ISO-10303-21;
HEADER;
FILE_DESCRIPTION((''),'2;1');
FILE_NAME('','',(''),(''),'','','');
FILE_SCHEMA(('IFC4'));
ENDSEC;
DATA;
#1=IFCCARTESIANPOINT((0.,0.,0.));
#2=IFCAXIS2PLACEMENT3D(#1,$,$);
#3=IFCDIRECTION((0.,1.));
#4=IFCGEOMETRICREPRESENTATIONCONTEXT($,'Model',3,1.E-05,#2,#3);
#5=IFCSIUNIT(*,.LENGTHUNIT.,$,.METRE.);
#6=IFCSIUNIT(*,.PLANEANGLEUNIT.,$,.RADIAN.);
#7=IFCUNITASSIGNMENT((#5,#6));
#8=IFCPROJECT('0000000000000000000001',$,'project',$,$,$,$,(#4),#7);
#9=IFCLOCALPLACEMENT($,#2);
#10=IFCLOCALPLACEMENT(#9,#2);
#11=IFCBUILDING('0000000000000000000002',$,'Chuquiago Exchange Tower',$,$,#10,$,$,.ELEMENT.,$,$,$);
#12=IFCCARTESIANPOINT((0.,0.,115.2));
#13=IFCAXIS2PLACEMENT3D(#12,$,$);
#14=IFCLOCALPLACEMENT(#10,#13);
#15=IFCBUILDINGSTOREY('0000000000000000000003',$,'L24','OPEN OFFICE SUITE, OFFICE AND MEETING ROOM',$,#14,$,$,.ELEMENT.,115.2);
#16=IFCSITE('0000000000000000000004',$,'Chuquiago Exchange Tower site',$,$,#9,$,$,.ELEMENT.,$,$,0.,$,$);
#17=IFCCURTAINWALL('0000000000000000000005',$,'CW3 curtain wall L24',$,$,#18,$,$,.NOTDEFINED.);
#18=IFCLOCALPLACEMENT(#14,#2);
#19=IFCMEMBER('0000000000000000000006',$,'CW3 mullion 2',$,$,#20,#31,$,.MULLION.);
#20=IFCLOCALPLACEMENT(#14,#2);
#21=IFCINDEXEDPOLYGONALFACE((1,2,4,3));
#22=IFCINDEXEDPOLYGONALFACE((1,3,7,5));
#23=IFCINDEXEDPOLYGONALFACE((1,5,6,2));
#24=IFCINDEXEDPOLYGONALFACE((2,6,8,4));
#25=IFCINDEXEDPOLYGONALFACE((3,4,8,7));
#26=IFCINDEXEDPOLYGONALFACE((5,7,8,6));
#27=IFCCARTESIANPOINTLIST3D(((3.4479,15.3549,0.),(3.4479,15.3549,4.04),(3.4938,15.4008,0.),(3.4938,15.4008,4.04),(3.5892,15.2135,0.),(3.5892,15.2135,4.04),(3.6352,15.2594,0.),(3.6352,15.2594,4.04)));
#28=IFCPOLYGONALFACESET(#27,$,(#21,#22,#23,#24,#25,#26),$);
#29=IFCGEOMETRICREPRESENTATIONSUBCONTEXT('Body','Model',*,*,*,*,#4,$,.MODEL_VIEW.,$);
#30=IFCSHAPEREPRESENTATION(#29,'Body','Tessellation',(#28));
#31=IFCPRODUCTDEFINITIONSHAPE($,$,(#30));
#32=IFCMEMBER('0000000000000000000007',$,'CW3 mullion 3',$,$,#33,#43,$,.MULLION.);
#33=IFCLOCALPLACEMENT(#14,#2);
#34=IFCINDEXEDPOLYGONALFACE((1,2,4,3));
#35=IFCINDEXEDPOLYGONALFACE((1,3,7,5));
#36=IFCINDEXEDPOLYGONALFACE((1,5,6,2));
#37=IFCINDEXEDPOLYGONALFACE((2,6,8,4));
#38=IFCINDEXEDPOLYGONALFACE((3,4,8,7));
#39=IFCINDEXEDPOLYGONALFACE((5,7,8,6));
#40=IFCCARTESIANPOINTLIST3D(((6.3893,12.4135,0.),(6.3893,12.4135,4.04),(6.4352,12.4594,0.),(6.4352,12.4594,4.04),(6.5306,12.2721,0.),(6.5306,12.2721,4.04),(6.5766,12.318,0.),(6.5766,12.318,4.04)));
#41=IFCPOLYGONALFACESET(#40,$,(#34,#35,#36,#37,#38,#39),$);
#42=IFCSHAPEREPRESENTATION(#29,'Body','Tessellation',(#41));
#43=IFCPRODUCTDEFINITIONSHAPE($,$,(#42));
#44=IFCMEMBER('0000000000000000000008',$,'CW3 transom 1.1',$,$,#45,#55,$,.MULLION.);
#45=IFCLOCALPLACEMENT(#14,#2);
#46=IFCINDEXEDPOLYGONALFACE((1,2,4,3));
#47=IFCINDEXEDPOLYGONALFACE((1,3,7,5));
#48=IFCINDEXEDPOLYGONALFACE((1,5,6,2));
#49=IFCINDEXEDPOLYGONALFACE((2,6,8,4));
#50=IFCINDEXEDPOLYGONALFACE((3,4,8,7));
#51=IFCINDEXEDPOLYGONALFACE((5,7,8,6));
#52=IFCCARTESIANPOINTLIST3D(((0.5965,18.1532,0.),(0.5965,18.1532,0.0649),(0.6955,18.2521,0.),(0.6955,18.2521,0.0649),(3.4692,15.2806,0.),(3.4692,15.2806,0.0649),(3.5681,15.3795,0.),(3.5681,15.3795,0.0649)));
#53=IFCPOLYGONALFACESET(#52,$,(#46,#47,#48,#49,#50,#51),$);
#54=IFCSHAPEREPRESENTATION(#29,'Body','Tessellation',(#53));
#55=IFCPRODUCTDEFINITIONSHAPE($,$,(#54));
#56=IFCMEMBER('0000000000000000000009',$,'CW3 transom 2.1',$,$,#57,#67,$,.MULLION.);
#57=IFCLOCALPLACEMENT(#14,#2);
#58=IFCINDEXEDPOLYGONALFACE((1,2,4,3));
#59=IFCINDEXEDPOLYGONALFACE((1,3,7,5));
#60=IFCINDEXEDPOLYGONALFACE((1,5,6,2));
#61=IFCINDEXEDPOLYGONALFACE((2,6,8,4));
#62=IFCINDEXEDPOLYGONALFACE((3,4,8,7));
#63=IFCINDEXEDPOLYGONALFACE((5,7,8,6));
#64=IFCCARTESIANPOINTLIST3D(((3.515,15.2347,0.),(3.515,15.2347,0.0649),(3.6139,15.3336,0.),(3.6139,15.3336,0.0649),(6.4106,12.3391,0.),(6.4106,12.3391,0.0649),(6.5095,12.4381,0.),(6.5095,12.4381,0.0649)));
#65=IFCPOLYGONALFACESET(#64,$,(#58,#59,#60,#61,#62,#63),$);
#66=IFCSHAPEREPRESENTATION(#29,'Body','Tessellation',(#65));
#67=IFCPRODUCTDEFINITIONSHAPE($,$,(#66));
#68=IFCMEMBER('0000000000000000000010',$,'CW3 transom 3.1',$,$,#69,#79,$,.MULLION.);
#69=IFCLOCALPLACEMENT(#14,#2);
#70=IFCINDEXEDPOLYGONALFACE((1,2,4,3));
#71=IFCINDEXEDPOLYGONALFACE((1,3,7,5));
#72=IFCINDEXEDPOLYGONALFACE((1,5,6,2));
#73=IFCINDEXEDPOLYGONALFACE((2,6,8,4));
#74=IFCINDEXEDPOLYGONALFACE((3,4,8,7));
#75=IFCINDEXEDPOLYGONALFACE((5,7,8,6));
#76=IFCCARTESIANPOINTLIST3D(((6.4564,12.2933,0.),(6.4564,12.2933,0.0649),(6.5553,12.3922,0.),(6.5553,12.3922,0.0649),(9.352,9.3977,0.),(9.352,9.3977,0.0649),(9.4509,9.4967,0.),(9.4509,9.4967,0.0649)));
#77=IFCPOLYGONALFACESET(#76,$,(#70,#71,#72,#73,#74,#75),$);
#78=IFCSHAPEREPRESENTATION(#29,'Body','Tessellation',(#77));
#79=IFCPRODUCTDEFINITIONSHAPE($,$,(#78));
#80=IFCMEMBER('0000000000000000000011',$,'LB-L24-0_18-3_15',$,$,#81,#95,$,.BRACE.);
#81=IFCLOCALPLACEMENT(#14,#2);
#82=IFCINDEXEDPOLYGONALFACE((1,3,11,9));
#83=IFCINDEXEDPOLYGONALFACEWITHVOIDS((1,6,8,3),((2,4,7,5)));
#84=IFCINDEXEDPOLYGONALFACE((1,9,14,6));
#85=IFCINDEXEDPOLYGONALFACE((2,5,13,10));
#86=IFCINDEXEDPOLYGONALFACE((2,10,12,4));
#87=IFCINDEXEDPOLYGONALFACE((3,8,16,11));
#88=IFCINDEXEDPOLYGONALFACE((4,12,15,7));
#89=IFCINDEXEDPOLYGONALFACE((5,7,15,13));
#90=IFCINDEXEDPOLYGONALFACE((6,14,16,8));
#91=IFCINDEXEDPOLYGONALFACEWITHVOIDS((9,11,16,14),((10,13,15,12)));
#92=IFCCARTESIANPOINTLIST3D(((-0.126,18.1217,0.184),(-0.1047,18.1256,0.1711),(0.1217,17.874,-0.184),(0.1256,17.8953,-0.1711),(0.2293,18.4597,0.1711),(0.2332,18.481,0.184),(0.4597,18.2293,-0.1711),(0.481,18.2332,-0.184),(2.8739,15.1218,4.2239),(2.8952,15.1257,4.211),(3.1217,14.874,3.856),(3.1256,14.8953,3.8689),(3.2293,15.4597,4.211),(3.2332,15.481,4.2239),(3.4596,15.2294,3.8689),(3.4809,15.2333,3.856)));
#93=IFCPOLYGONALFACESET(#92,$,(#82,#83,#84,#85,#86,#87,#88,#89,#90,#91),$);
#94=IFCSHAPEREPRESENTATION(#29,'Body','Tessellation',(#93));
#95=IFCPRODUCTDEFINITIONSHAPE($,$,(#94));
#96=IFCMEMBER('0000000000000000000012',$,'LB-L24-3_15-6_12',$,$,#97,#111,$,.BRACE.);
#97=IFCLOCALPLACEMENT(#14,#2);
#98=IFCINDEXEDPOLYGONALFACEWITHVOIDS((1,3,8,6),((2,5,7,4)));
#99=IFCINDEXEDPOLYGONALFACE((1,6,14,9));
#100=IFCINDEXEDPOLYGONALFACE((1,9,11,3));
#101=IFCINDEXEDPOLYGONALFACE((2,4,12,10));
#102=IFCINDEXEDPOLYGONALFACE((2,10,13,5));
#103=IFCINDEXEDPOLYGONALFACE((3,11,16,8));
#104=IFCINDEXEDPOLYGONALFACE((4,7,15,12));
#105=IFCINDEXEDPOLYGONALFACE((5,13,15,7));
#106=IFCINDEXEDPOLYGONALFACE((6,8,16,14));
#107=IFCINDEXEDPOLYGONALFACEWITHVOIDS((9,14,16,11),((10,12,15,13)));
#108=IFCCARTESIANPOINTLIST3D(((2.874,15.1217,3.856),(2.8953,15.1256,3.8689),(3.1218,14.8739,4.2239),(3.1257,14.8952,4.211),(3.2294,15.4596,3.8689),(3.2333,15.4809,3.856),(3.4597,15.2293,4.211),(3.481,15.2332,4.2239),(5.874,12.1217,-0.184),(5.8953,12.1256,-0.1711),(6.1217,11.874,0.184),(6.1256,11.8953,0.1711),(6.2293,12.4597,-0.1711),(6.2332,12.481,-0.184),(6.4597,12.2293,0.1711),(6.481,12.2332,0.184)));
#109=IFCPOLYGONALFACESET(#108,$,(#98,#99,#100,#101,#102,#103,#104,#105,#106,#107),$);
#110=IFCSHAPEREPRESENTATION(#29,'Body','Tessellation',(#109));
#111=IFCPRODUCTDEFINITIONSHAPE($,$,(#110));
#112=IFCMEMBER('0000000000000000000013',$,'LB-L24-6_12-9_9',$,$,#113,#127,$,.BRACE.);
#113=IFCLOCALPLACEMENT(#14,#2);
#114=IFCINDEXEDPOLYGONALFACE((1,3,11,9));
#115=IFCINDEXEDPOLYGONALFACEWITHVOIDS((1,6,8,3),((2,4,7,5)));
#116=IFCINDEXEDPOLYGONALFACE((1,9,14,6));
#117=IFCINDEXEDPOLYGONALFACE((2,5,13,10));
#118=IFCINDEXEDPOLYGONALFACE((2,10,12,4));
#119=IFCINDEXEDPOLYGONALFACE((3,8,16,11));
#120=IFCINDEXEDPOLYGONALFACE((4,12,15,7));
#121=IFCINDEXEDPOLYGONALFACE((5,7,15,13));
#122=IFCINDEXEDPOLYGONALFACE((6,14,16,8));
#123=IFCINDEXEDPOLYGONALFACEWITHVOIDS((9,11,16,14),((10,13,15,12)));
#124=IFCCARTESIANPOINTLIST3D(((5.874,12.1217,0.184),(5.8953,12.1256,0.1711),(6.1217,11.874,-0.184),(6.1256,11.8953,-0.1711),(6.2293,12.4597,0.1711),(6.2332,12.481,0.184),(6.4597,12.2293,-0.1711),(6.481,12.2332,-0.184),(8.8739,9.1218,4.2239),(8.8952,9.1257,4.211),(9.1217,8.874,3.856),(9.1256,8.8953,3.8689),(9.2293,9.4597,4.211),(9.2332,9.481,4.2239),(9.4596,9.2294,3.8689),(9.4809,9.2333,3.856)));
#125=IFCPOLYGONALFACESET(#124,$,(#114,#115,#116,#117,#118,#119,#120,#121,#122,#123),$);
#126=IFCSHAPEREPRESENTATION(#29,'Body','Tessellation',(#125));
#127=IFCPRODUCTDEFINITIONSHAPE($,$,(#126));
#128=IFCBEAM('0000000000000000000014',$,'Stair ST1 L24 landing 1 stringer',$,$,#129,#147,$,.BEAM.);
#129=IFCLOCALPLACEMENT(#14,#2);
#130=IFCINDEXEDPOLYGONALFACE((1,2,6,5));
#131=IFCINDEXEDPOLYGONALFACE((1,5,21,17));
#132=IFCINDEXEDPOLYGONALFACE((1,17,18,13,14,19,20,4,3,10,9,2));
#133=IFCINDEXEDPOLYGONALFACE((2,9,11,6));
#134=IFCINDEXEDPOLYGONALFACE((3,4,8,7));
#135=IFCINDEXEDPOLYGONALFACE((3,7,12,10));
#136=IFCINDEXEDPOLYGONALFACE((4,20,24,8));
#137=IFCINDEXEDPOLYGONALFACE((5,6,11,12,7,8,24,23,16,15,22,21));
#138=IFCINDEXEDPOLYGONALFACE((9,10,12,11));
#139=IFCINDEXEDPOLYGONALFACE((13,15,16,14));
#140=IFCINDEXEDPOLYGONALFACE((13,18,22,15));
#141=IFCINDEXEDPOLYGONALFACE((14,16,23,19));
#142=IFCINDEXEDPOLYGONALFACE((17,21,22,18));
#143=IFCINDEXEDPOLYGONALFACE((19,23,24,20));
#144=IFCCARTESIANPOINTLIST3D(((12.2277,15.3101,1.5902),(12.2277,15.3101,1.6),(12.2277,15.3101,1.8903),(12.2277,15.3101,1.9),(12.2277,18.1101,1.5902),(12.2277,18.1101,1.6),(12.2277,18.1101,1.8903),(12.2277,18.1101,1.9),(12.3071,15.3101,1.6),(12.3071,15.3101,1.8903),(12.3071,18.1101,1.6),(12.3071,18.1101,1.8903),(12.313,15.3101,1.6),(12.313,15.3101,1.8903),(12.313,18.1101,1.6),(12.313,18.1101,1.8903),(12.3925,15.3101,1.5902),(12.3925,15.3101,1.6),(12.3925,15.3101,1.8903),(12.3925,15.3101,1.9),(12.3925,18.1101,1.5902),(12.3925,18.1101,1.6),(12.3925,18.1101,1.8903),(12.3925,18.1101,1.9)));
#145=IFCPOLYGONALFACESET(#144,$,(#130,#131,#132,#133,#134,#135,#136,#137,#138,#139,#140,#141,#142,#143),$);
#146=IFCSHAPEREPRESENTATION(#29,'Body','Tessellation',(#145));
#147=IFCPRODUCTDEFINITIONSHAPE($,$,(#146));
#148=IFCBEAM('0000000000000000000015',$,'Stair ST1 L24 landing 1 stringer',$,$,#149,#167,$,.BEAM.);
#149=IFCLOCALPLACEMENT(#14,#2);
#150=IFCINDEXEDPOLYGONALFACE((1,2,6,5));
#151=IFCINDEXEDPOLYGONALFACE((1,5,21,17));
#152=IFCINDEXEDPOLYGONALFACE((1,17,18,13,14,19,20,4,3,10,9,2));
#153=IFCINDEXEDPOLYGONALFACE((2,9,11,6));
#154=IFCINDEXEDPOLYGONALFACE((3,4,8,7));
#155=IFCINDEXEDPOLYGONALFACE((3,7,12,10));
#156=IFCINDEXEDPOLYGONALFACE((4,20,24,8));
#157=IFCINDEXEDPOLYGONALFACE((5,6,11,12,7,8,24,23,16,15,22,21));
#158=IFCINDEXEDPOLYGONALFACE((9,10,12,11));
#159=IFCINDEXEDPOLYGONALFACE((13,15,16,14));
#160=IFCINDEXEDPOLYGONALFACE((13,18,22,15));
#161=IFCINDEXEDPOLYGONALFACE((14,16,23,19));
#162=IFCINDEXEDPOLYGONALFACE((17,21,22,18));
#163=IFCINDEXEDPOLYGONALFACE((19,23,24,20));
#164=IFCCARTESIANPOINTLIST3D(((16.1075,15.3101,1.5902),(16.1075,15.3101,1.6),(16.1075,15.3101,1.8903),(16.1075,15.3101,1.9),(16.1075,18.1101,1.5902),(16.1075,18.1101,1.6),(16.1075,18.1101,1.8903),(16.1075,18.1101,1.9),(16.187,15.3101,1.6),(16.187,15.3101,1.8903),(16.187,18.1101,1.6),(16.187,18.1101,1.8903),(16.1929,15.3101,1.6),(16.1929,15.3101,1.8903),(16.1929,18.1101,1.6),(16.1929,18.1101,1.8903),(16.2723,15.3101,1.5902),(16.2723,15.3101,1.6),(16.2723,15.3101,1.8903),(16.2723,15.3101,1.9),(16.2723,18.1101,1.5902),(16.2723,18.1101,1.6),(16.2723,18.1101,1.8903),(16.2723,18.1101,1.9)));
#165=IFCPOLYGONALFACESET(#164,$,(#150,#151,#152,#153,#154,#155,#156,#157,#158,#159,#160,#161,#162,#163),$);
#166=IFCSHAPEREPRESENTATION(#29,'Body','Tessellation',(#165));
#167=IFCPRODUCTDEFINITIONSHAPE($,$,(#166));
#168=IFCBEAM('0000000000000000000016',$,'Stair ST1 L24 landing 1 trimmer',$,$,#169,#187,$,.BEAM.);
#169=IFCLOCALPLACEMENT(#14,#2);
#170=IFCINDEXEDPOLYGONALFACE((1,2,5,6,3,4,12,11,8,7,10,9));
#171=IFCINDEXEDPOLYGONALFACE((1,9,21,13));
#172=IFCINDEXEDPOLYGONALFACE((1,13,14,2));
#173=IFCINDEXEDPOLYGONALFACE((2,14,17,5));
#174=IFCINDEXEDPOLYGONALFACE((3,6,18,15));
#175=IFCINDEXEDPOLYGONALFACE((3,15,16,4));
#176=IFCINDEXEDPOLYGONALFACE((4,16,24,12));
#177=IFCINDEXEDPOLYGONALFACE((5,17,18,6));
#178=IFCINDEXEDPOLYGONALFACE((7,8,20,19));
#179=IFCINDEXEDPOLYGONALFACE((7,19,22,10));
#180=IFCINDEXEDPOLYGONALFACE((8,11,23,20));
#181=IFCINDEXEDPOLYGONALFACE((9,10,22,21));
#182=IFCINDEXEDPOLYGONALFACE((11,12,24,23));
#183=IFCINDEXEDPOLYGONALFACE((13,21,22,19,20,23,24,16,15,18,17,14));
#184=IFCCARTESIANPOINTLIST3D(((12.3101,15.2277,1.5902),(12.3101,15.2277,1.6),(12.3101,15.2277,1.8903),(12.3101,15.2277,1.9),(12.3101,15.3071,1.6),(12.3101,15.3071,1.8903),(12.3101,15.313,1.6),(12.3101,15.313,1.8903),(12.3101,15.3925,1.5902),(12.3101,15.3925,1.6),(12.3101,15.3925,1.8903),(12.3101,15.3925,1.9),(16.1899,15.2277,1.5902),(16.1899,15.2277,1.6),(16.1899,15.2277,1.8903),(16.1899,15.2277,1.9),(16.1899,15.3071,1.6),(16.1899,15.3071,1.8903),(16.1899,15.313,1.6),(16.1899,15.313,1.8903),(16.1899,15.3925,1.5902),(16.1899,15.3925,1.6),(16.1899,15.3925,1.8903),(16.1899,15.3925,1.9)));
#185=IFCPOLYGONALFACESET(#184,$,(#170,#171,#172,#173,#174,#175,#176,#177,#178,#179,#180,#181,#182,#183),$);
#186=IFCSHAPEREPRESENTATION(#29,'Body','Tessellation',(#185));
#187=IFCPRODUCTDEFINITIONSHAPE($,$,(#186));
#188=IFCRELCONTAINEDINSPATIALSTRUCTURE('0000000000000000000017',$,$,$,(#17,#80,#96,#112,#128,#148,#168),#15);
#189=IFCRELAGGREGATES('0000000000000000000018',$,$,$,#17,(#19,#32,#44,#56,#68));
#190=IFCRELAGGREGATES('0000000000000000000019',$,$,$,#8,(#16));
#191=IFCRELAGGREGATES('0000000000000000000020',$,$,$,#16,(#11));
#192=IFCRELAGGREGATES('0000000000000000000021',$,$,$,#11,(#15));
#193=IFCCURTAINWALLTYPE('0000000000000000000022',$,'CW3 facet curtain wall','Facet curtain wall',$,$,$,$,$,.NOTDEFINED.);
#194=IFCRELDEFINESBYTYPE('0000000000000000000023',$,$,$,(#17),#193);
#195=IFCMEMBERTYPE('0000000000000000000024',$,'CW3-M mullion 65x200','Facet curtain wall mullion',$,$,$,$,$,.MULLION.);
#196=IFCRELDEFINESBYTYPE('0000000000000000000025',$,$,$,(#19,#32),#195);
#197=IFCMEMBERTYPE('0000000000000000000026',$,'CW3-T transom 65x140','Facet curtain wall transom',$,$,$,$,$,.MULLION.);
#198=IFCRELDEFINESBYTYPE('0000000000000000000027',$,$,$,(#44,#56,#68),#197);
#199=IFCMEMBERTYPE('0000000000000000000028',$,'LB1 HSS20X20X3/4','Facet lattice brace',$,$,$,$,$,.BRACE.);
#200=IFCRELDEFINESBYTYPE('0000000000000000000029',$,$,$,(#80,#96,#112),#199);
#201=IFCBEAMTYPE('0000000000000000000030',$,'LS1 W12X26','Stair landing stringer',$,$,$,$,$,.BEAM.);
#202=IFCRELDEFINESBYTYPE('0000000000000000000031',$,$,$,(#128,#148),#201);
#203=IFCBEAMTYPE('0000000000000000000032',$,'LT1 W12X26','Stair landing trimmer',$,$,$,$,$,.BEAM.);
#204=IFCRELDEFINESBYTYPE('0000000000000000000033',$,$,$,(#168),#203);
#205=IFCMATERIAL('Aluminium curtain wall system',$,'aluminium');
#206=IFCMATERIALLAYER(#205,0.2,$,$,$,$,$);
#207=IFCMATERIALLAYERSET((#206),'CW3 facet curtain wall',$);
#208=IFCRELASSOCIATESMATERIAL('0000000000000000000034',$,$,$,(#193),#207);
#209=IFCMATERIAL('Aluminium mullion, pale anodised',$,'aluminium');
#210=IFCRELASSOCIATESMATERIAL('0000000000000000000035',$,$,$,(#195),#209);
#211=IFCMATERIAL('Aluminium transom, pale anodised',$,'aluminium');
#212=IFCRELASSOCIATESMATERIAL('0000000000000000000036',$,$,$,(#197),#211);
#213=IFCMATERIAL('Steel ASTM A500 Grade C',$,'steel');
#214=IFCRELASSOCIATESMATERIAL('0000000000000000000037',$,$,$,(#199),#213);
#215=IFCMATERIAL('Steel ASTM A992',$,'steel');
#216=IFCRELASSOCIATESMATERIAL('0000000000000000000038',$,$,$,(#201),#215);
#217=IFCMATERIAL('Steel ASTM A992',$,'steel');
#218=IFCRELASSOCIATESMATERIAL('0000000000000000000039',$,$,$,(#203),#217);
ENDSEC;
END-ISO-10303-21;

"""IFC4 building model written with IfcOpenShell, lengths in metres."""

from ifc_helpers import new_model, si_unit, direction, frame, origin, origin_2d, place, context, subcontext, project, spatial, rectangle, hollow_rectangle, i_section, extrude, material, layer, layer_set, material_profile, profile_set, type_object, element, aggregate, save


model = new_model("IFC4")

# Units and contexts
model_context = context("Model", 3, precision=1e-05, world=origin(), true_north=direction((0.0, 1.0)))
body_context = subcontext(model_context, "Body", "Model", "MODEL_VIEW")
ifc_project = project(units=[si_unit("LENGTHUNIT", "METRE"), si_unit("PLANEANGLEUNIT", "RADIAN")], contexts=[model_context])

# Site, building, storey
site_placement = place(None, origin())
site = spatial("IfcSite", under=ifc_project, at=site_placement, Name="Chuquiago Exchange Tower site", CompositionType="ELEMENT", RefElevation=0.0)
building_placement = place(site_placement, origin())
building = spatial("IfcBuilding", under=site, at=building_placement, Name="Chuquiago Exchange Tower", CompositionType="ELEMENT")
storey_placement = place(building_placement, frame((0.0, 0.0, 115.2)))
storey = spatial("IfcBuildingStorey", under=building, at=storey_placement, Name="L24", Description="OPEN OFFICE SUITE, OFFICE AND MEETING ROOM", CompositionType="ELEMENT", Elevation=115.2)

# Curtain wall, members
ifc_material_1 = material(Name="Aluminium curtain wall system", Category="aluminium")
ifc_layer_1 = layer(ifc_material_1, 0.2)
ifc_layer_set_1 = layer_set([ifc_layer_1], Name="CW3 facet curtain wall")
curtain_wall_type_1 = type_object("IfcCurtainWallType", Name="CW3 facet curtain wall", Description="Facet curtain wall", PredefinedType="NOTDEFINED", material=ifc_layer_set_1)
curtain_wall_1_placement = place(storey_placement, origin())
curtain_wall_1 = element("IfcCurtainWall", 1, at=curtain_wall_1_placement, inside=storey, type_object=curtain_wall_type_1, Name="CW3 curtain wall L24", PredefinedType="NOTDEFINED")
ifc_material_2 = material(Name="Aluminium mullion, pale anodised", Category="aluminium")
ifc_material_profile_1 = material_profile(ifc_material_2, rectangle(XDim=0.0649, YDim=0.2, at=origin_2d()), Name="AL 65x200")
ifc_profile_set_1 = profile_set([ifc_material_profile_1], Name="Aluminium mullion, pale anodised")
member_type_1 = type_object("IfcMemberType", Name="CW3-M mullion 65x200", Description="Facet curtain wall mullion", PredefinedType="MULLION", material=ifc_profile_set_1)
member_1_placement = place(storey_placement, frame((3.5415, 15.3071, 0.0), z_axis=(0.0, 0.0, 1.0), x_axis=(0.707107, 0.707107, 0.0)))
member_1 = element("IfcMember", 2, at=member_1_placement, type_object=member_type_1, Name="CW3 mullion 2", PredefinedType="MULLION", context=body_context, shape_type="SweptSolid", body=[
    extrude(rectangle(XDim=0.0649, YDim=0.2, at=origin_2d()), origin(), (0.0, 0.0, 1.0), 4.04),
])
member_2_placement = place(storey_placement, frame((6.4829, 12.3657, 0.0), z_axis=(0.0, 0.0, 1.0), x_axis=(0.707107, 0.707107, 0.0)))
member_2 = element("IfcMember", 3, at=member_2_placement, type_object=member_type_1, Name="CW3 mullion 3", PredefinedType="MULLION", context=body_context, shape_type="SweptSolid", body=[
    extrude(rectangle(XDim=0.0649, YDim=0.2, at=origin_2d()), origin(), (0.0, 0.0, 1.0), 4.04),
])
ifc_material_3 = material(Name="Aluminium transom, pale anodised", Category="aluminium")
ifc_material_profile_2 = material_profile(ifc_material_3, rectangle(XDim=0.1399, YDim=0.0649, at=origin_2d()), Name="AL 140x65")
ifc_profile_set_2 = profile_set([ifc_material_profile_2], Name="Aluminium transom, pale anodised")
member_type_2 = type_object("IfcMemberType", Name="CW3-T transom 65x140", Description="Facet curtain wall transom", PredefinedType="MULLION", material=ifc_profile_set_2)
member_3_placement = place(storey_placement, frame((0.646, 18.2026, 0.0325), z_axis=(0.707107, -0.707107, 0.0), x_axis=(0.707107, 0.707107, 0.0)))
member_3 = element("IfcMember", 4, at=member_3_placement, type_object=member_type_2, Name="CW3 transom 1.1", PredefinedType="MULLION", context=body_context, shape_type="SweptSolid", body=[
    extrude(rectangle(XDim=0.1399, YDim=0.0649, at=origin_2d()), origin(), (0.0, 0.0, 1.0), 4.0625),
])
member_4_placement = place(storey_placement, frame((3.5645, 15.2842, 0.0325), z_axis=(0.707107, -0.707107, 0.0), x_axis=(0.707107, 0.707107, 0.0)))
member_4 = element("IfcMember", 5, at=member_4_placement, type_object=member_type_2, Name="CW3 transom 2.1", PredefinedType="MULLION", context=body_context, shape_type="SweptSolid", body=[
    extrude(rectangle(XDim=0.1399, YDim=0.0649, at=origin_2d()), origin(), (0.0, 0.0, 1.0), 4.095),
])
member_5_placement = place(storey_placement, frame((6.5059, 12.3428, 0.0325), z_axis=(0.707107, -0.707107, 0.0), x_axis=(0.707107, 0.707107, 0.0)))
member_5 = element("IfcMember", 6, at=member_5_placement, type_object=member_type_2, Name="CW3 transom 3.1", PredefinedType="MULLION", context=body_context, shape_type="SweptSolid", body=[
    extrude(rectangle(XDim=0.1399, YDim=0.0649, at=origin_2d()), origin(), (0.0, 0.0, 1.0), 4.095),
])

# Members
ifc_material_4 = material(Name="Steel ASTM A500 Grade C", Category="steel")
ifc_material_profile_3 = material_profile(ifc_material_4, hollow_rectangle(XDim=0.5081, YDim=0.5081, WallThickness=0.0178, at=origin_2d()), Name="HSS20X20X3/4")
ifc_profile_set_3 = profile_set([ifc_material_profile_3], Name="Steel ASTM A500 Grade C")
member_type_3 = type_object("IfcMemberType", Name="LB1 HSS20X20X3/4", Description="Facet lattice brace", PredefinedType="BRACE", material=ifc_profile_set_3)
for number, where, z_axis, x_axis, name in (
    (7, (0.1775, 18.1775, 0.0), (0.512077, -0.512077, 0.689604), (0.707107, 0.707107, 0.0), "LB-L24-0_18-3_15"),
    (8, (6.1775, 12.1775, 0.0), (-0.512077, 0.512077, 0.689604), (-0.707107, -0.707107, 0.0), "LB-L24-3_15-6_12"),
    (9, (6.1775, 12.1775, 0.0), (0.512077, -0.512077, 0.689604), (0.707107, 0.707107, 0.0), "LB-L24-6_12-9_9"),
):
    element("IfcMember", number, at=place(storey_placement, frame(where, z_axis=z_axis, x_axis=x_axis)), inside=storey, type_object=member_type_3, Name=name, PredefinedType="BRACE", context=body_context, shape_type="SweptSolid", body=[
        extrude(hollow_rectangle(XDim=0.5081, YDim=0.5081, WallThickness=0.0178, at=origin_2d()), origin(), (0.0, 0.0, 1.0), 5.8584),
    ])

# Beams
ifc_material_5 = material(Name="Steel ASTM A992", Category="steel")
ifc_material_profile_4 = material_profile(ifc_material_5, i_section(OverallWidth=0.1648, OverallDepth=0.3098, WebThickness=0.0059, FlangeThickness=0.0098, at=origin_2d()), Name="W12X26")
ifc_profile_set_4 = profile_set([ifc_material_profile_4], Name="Steel ASTM A992")
beam_type_1 = type_object("IfcBeamType", Name="LS1 W12X26", Description="Stair landing stringer", PredefinedType="BEAM", material=ifc_profile_set_4)
for number, where, z_axis, x_axis, name in (
    (10, (12.3101, 15.3101, 1.7451), (0.0, 1.0, 0.0), (-1.0, 0.0, 0.0), "Stair ST1 L24 landing 1 stringer"),
    (11, (16.1899, 15.3101, 1.7451), (0.0, 1.0, 0.0), (-1.0, 0.0, 0.0), "Stair ST1 L24 landing 1 stringer"),
):
    element("IfcBeam", number, at=place(storey_placement, frame(where, z_axis=z_axis, x_axis=x_axis)), inside=storey, type_object=beam_type_1, Name=name, PredefinedType="BEAM", context=body_context, shape_type="SweptSolid", body=[
        extrude(i_section(OverallWidth=0.1648, OverallDepth=0.3098, WebThickness=0.0059, FlangeThickness=0.0098, at=origin_2d()), origin(), (0.0, 0.0, 1.0), 2.8),
    ])
ifc_material_6 = material(Name="Steel ASTM A992", Category="steel")
ifc_material_profile_5 = material_profile(ifc_material_6, i_section(OverallWidth=0.1648, OverallDepth=0.3098, WebThickness=0.0059, FlangeThickness=0.0098, at=origin_2d()), Name="W12X26")
ifc_profile_set_5 = profile_set([ifc_material_profile_5], Name="Steel ASTM A992")
beam_type_2 = type_object("IfcBeamType", Name="LT1 W12X26", Description="Stair landing trimmer", PredefinedType="BEAM", material=ifc_profile_set_5)
for number, where, z_axis, x_axis, name in (
    (12, (12.3101, 15.3101, 1.7451), (1.0, 0.0, 0.0), (0.0, 1.0, 0.0), "Stair ST1 L24 landing 1 trimmer"),
):
    element("IfcBeam", number, at=place(storey_placement, frame(where, z_axis=z_axis, x_axis=x_axis)), inside=storey, type_object=beam_type_2, Name=name, PredefinedType="BEAM", context=body_context, shape_type="SweptSolid", body=[
        extrude(i_section(OverallWidth=0.1648, OverallDepth=0.3098, WebThickness=0.0059, FlangeThickness=0.0098, at=origin_2d()), origin(), (0.0, 0.0, 1.0), 3.8799),
    ])

aggregate(curtain_wall_1, [member_1, member_2, member_3, member_4, member_5])

save(model, "model.ifc")
